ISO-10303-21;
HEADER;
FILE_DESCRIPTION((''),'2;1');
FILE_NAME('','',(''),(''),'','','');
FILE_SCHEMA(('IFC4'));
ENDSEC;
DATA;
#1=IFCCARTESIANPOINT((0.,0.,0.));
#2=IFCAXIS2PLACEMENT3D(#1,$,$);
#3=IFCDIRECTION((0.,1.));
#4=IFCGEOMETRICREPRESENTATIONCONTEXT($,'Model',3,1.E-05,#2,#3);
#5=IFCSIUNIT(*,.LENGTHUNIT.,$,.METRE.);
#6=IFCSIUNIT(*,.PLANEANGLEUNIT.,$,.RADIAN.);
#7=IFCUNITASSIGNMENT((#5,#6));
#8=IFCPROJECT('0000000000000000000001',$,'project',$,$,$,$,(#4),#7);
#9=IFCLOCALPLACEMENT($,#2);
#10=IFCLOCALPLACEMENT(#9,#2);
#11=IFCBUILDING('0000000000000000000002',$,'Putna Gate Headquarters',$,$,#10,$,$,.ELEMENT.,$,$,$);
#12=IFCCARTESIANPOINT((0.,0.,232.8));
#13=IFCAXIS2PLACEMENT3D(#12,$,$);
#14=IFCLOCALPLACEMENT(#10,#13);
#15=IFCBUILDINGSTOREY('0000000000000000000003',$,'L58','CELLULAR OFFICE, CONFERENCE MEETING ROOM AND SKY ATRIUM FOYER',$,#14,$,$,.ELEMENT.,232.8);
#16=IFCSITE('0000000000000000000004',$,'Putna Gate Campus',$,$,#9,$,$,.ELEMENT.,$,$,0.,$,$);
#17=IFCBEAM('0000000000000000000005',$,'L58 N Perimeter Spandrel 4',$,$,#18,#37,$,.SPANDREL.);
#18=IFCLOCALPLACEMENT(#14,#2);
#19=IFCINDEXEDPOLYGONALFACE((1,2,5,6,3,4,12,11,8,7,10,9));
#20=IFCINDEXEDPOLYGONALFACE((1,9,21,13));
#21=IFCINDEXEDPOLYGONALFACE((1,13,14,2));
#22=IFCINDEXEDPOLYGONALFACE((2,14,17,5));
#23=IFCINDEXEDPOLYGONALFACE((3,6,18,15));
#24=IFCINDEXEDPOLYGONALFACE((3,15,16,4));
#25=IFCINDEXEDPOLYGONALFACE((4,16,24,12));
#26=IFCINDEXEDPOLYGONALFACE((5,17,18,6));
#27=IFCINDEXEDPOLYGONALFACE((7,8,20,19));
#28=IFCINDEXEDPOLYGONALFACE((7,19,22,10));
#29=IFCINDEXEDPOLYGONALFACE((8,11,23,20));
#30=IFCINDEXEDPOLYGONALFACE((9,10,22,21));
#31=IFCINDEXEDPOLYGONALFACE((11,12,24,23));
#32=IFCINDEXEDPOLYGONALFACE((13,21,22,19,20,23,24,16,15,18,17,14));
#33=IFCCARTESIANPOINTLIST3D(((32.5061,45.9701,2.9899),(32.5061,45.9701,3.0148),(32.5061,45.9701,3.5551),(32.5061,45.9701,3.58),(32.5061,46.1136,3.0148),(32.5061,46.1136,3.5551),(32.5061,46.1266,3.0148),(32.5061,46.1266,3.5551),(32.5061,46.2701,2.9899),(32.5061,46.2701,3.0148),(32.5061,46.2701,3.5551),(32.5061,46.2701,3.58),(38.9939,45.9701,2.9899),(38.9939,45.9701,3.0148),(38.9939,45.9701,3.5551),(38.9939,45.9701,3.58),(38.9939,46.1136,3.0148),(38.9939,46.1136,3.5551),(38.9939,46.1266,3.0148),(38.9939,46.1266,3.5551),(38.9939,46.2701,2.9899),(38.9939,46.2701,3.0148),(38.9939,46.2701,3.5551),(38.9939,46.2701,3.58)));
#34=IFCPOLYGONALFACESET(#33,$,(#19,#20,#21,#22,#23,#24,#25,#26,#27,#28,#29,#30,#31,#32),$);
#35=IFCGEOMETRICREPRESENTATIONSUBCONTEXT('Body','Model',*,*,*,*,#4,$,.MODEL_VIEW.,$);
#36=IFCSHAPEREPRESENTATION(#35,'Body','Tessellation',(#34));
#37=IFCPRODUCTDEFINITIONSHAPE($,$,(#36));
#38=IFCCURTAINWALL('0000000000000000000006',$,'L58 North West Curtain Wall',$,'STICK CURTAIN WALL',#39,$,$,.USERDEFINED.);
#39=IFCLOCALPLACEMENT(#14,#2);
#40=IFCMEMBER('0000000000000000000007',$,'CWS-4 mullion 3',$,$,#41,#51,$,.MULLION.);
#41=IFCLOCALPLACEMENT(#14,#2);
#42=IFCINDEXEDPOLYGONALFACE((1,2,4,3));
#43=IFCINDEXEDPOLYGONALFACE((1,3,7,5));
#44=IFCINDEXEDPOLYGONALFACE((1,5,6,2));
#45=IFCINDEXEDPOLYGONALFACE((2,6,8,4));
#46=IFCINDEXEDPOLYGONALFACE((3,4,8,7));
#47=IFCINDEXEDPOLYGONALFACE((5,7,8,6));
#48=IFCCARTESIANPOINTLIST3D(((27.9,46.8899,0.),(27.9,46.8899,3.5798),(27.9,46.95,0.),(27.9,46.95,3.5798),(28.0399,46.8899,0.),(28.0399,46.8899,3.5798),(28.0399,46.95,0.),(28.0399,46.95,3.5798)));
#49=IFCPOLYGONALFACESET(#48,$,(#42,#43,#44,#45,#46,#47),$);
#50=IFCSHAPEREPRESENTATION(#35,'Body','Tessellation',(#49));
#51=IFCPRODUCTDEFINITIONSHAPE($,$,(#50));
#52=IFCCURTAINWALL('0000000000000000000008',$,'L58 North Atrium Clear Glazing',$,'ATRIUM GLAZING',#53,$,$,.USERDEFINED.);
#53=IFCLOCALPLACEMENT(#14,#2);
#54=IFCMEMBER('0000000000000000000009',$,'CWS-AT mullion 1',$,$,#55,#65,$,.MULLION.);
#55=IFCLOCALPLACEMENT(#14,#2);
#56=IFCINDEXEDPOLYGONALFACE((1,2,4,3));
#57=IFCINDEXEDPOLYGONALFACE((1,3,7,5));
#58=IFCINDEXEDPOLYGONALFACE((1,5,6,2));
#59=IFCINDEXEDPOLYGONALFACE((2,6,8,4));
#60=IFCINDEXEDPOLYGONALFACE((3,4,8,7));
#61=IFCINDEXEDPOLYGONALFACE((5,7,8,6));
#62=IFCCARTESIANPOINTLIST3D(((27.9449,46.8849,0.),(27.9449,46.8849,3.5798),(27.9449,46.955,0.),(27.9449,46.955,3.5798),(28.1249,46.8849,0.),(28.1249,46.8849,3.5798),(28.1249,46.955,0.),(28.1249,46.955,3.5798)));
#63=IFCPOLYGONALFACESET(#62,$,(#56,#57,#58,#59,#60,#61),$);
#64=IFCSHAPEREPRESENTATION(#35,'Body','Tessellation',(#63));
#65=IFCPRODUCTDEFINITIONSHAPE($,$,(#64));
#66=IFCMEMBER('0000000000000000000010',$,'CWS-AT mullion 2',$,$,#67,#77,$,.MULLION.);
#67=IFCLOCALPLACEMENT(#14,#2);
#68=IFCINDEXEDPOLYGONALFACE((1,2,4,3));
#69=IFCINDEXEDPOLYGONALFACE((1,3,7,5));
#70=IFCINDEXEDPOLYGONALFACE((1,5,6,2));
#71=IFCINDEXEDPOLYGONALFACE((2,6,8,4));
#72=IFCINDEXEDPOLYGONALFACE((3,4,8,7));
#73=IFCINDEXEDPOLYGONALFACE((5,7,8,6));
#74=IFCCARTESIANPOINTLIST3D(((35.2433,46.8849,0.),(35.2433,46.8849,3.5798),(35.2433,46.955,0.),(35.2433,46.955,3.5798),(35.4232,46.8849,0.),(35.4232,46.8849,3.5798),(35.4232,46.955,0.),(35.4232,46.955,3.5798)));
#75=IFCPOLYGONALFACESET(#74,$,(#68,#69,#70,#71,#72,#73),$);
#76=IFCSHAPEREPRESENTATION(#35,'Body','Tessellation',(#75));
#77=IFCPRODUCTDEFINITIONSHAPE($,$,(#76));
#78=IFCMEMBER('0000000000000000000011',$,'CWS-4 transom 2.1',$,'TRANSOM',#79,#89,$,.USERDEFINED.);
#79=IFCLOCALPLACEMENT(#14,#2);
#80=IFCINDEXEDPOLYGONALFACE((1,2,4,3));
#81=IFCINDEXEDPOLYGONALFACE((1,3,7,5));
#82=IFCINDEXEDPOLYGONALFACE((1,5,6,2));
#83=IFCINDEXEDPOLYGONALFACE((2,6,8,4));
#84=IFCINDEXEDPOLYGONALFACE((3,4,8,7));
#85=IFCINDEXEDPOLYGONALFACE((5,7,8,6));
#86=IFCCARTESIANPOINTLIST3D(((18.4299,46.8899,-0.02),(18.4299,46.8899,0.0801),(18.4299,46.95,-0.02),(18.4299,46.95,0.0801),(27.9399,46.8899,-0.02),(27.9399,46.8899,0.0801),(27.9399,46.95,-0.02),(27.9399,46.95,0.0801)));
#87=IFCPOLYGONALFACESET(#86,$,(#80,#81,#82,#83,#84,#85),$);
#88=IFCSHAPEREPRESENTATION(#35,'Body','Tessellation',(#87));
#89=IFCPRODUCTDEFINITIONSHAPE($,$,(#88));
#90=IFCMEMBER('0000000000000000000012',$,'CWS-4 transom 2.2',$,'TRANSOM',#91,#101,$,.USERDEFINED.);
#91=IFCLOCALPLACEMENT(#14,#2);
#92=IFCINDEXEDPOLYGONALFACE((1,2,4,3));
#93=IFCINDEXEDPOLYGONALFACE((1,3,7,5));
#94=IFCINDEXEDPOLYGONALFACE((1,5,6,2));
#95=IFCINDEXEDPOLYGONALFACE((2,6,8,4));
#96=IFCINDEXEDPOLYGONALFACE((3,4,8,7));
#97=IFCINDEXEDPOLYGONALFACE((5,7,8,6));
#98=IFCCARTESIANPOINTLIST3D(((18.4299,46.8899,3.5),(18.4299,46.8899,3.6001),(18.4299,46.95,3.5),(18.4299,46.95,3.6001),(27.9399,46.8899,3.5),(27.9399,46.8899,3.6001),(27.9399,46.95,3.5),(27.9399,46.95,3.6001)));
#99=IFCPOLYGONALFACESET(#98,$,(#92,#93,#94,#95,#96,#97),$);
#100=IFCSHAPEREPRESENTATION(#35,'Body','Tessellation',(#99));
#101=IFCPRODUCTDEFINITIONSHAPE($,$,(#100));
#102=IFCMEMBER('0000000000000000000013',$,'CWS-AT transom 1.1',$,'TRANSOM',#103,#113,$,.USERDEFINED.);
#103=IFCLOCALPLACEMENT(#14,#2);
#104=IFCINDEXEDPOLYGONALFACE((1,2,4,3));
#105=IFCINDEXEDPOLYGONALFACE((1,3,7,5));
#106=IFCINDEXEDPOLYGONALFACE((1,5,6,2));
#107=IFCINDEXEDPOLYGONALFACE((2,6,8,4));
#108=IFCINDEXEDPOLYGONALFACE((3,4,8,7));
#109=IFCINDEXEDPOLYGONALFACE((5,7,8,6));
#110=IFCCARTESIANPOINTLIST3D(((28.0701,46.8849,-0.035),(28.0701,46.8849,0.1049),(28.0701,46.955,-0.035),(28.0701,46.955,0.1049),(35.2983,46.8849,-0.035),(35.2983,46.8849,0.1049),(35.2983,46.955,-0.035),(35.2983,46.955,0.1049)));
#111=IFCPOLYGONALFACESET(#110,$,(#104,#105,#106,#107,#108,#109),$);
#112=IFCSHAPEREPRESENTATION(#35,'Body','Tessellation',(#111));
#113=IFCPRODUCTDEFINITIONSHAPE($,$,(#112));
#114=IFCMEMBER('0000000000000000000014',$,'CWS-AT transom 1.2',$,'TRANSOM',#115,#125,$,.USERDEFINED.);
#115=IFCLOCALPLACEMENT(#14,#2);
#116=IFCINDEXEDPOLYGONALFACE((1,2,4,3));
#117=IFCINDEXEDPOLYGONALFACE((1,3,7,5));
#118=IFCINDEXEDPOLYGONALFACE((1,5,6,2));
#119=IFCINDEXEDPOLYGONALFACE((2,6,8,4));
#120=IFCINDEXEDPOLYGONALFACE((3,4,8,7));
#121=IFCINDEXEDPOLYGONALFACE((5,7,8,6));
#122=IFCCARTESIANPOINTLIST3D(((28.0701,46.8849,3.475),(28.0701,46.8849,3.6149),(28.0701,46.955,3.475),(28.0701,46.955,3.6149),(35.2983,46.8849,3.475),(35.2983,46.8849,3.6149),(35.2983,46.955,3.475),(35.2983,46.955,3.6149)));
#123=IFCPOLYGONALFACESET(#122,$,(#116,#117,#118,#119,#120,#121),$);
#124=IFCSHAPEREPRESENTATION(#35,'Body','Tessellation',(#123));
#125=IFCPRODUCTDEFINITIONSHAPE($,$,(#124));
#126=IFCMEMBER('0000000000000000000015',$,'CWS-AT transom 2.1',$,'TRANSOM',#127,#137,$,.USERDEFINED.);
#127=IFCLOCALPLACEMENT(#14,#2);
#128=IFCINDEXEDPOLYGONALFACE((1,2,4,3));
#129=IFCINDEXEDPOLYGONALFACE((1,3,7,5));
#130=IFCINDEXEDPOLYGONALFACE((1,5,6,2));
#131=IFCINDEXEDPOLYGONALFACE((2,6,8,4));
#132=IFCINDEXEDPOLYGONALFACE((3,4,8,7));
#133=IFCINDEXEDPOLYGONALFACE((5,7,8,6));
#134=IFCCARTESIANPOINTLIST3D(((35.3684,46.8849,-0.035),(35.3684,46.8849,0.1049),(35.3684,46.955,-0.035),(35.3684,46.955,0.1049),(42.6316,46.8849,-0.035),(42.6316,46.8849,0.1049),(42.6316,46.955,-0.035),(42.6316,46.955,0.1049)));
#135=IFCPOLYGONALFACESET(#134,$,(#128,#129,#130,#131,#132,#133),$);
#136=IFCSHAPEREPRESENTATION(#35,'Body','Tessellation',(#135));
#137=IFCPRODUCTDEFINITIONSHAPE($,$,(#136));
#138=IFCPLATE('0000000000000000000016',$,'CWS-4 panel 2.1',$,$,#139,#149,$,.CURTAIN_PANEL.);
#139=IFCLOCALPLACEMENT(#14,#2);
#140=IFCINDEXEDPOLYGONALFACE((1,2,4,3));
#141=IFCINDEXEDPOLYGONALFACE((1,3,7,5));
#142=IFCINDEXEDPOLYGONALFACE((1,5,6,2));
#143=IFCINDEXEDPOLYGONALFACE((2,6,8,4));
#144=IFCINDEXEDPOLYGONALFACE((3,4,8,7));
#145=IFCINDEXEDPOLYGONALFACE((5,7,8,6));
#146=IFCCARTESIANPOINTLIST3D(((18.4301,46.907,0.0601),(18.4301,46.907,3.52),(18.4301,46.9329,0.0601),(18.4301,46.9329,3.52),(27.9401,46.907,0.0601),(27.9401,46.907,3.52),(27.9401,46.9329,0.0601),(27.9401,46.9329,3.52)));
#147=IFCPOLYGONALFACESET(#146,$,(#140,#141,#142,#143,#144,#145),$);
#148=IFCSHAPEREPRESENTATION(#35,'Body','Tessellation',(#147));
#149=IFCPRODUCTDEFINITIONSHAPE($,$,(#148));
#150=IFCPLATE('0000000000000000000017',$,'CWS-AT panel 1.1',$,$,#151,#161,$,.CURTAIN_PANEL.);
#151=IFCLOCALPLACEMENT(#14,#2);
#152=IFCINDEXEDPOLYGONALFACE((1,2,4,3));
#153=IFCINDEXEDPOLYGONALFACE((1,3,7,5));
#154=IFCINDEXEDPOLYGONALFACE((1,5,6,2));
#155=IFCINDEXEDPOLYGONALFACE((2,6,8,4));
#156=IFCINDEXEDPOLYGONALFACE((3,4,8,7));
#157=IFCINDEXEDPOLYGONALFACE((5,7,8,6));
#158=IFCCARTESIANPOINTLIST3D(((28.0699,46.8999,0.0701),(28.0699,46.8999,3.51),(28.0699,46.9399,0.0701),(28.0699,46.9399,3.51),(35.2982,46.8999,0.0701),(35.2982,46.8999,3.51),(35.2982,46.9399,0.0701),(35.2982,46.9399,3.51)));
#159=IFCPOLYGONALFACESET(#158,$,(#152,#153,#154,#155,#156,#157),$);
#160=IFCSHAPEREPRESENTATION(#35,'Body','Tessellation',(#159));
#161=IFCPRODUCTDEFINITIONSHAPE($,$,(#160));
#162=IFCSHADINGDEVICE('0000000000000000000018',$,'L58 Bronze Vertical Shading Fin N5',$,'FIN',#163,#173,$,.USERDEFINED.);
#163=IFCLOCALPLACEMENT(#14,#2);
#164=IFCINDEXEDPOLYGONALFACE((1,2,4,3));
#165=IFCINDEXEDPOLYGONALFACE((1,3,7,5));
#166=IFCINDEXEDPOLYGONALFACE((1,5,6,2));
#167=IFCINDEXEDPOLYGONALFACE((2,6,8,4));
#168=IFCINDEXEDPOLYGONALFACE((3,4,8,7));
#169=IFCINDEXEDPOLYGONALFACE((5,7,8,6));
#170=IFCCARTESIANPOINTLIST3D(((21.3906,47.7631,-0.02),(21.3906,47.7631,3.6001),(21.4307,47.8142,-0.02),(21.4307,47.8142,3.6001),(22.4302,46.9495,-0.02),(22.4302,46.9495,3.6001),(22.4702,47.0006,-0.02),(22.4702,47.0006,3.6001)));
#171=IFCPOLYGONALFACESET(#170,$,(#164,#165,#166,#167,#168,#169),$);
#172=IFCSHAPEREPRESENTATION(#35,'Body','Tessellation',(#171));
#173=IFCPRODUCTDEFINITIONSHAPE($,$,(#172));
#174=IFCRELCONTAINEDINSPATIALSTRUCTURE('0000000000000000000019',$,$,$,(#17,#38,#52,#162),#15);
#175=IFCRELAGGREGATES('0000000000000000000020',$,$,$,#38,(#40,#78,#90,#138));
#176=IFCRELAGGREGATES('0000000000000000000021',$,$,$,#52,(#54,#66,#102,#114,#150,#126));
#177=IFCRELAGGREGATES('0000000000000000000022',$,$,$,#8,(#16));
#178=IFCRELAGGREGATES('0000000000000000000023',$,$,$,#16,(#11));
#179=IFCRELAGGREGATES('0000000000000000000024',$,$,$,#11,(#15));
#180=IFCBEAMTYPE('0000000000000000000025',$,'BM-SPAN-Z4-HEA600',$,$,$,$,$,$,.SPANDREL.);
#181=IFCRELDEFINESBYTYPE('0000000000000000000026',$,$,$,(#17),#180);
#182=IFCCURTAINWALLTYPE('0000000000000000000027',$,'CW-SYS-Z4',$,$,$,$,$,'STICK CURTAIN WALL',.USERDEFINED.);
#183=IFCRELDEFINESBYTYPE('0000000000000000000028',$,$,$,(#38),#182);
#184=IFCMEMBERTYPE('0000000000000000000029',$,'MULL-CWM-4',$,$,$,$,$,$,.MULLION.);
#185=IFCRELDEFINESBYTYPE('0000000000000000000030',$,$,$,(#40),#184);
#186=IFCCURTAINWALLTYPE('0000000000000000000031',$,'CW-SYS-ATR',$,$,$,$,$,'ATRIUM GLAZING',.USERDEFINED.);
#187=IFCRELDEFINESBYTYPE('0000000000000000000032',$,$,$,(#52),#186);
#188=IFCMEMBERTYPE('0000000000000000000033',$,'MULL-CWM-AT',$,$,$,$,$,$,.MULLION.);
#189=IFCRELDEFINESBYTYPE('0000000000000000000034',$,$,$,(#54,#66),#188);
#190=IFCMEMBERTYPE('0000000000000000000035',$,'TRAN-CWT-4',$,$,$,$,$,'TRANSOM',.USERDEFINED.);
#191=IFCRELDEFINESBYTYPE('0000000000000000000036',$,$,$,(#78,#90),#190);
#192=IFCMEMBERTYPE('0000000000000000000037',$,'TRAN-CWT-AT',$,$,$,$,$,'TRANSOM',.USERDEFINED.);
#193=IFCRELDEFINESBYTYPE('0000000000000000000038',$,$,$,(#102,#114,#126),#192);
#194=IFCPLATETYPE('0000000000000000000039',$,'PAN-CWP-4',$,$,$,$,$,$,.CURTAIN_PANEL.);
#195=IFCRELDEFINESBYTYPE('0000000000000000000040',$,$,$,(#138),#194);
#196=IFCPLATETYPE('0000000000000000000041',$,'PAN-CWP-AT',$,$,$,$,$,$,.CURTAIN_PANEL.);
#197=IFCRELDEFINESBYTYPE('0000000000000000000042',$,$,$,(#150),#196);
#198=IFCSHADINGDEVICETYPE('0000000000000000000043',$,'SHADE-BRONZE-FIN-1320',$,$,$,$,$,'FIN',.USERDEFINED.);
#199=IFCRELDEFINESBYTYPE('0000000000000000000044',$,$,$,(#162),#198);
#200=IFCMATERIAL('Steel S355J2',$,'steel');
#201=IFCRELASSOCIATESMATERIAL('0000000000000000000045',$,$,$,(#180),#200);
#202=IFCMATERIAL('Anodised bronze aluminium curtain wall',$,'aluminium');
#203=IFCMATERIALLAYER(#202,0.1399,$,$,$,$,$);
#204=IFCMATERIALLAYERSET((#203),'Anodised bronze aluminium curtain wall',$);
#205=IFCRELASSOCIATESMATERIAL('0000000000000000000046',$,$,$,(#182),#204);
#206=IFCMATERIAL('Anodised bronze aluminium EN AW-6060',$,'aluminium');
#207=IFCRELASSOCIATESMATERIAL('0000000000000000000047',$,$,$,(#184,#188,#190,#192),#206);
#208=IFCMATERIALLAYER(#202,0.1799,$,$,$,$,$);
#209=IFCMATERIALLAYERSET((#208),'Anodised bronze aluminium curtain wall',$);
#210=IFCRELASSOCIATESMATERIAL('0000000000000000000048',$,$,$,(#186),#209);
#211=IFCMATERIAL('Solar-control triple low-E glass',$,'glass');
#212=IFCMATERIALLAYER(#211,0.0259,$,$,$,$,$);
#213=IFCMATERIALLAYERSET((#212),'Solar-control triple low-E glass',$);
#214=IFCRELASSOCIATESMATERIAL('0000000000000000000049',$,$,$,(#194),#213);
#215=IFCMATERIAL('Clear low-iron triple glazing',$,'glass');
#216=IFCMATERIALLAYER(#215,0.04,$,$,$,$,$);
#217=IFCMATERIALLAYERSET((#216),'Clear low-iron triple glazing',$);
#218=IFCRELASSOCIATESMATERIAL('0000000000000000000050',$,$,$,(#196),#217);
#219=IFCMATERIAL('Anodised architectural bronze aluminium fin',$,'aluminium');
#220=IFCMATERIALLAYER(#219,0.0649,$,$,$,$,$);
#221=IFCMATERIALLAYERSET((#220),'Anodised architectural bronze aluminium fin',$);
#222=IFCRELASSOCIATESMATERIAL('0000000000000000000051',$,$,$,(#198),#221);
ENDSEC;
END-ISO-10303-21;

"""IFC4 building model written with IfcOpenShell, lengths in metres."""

from ifc_helpers import new_model, si_unit, direction, frame, origin, origin_2d, place, context, subcontext, project, spatial, rectangle, i_section, extrude, material, layer, layer_set, material_profile, profile_set, type_object, element, aggregate, save


model = new_model("IFC4")

# Units and contexts
model_context = context("Model", 3, precision=1e-05, world=origin(), true_north=direction((0.0, 1.0)))
body_context = subcontext(model_context, "Body", "Model", "MODEL_VIEW")
ifc_project = project(units=[si_unit("LENGTHUNIT", "METRE"), si_unit("PLANEANGLEUNIT", "RADIAN")], contexts=[model_context])

# Site, building, storey
site_placement = place(None, origin())
site = spatial("IfcSite", under=ifc_project, at=site_placement, Name="Putna Gate Campus", CompositionType="ELEMENT", RefElevation=0.0)
building_placement = place(site_placement, origin())
building = spatial("IfcBuilding", under=site, at=building_placement, Name="Putna Gate Headquarters", CompositionType="ELEMENT")
storey_placement = place(building_placement, frame((0.0, 0.0, 232.8)))
storey = spatial("IfcBuildingStorey", under=building, at=storey_placement, Name="L58", Description="CELLULAR OFFICE, CONFERENCE MEETING ROOM AND SKY ATRIUM FOYER", CompositionType="ELEMENT", Elevation=232.8)

# Beam
ifc_material_1 = material(Name="Steel S355J2", Category="steel")
ifc_material_profile_1 = material_profile(ifc_material_1, i_section(OverallWidth=0.3, OverallDepth=0.5901, WebThickness=0.0129, FlangeThickness=0.0249, at=origin_2d()), Name="Steel S355J2")
ifc_profile_set_1 = profile_set([ifc_material_profile_1], Name="Steel S355J2")
beam_type_1 = type_object("IfcBeamType", Name="BM-SPAN-Z4-HEA600", PredefinedType="SPANDREL", material=ifc_profile_set_1)
for number, where, z_axis, x_axis, name in (
    (1, (32.5061, 46.1201, 3.2849), (1.0, 0.0, 0.0), (0.0, 1.0, 0.0), "L58 N Perimeter Spandrel 4"),
):
    element("IfcBeam", number, at=place(storey_placement, frame(where, z_axis=z_axis, x_axis=x_axis)), inside=storey, type_object=beam_type_1, Name=name, PredefinedType="SPANDREL", context=body_context, shape_type="SweptSolid", body=[
        extrude(i_section(OverallWidth=0.3, OverallDepth=0.5901, WebThickness=0.0129, FlangeThickness=0.0249, at=origin_2d()), origin(), (0.0, 0.0, 1.0), 6.4878),
    ])

# Curtain wall, member
ifc_material_2 = material(Name="Anodised bronze aluminium curtain wall", Category="aluminium")
ifc_layer_1 = layer(ifc_material_2, 0.1399)
ifc_layer_set_1 = layer_set([ifc_layer_1], Name="Anodised bronze aluminium curtain wall")
curtain_wall_type_1 = type_object("IfcCurtainWallType", Name="CW-SYS-Z4", ElementType="STICK CURTAIN WALL", PredefinedType="USERDEFINED", material=ifc_layer_set_1)
curtain_wall_1_placement = place(storey_placement, origin())
curtain_wall_1 = element("IfcCurtainWall", 2, at=curtain_wall_1_placement, inside=storey, type_object=curtain_wall_type_1, Name="L58 North West Curtain Wall", ObjectType="STICK CURTAIN WALL", PredefinedType="USERDEFINED")
ifc_material_3 = material(Name="Anodised bronze aluminium EN AW-6060", Category="aluminium")
ifc_material_profile_2 = material_profile(ifc_material_3, rectangle(XDim=0.0601, YDim=0.1399, at=origin_2d()), Name="Anodised bronze aluminium EN AW-6060")
ifc_profile_set_2 = profile_set([ifc_material_profile_2], Name="Anodised bronze aluminium EN AW-6060")
member_type_1 = type_object("IfcMemberType", Name="MULL-CWM-4", PredefinedType="MULLION", material=ifc_profile_set_2)
member_1_placement = place(storey_placement, frame((27.97, 46.9199, 0.0), z_axis=(0.0, 0.0, 1.0), x_axis=(0.0, 1.0, 0.0)))
member_1 = element("IfcMember", 3, at=member_1_placement, type_object=member_type_1, Name="CWS-4 mullion 3", PredefinedType="MULLION", context=body_context, shape_type="SweptSolid", body=[
    extrude(rectangle(XDim=0.0601, YDim=0.1399, at=origin_2d()), origin(), (0.0, 0.0, 1.0), 3.5798),
])

# Curtain wall, members
ifc_layer_2 = layer(ifc_material_2, 0.1799)
ifc_layer_set_2 = layer_set([ifc_layer_2], Name="Anodised bronze aluminium curtain wall")
curtain_wall_type_2 = type_object("IfcCurtainWallType", Name="CW-SYS-ATR", ElementType="ATRIUM GLAZING", PredefinedType="USERDEFINED", material=ifc_layer_set_2)
curtain_wall_2_placement = place(storey_placement, origin())
curtain_wall_2 = element("IfcCurtainWall", 4, at=curtain_wall_2_placement, inside=storey, type_object=curtain_wall_type_2, Name="L58 North Atrium Clear Glazing", ObjectType="ATRIUM GLAZING", PredefinedType="USERDEFINED")
ifc_material_profile_3 = material_profile(ifc_material_3, rectangle(XDim=0.0701, YDim=0.1799, at=origin_2d()), Name="Anodised bronze aluminium EN AW-6060")
ifc_profile_set_3 = profile_set([ifc_material_profile_3], Name="Anodised bronze aluminium EN AW-6060")
member_type_2 = type_object("IfcMemberType", Name="MULL-CWM-AT", PredefinedType="MULLION", material=ifc_profile_set_3)
member_2_placement = place(storey_placement, frame((28.0349, 46.9199, 0.0), z_axis=(0.0, 0.0, 1.0), x_axis=(0.0, 1.0, 0.0)))
member_2 = element("IfcMember", 5, at=member_2_placement, type_object=member_type_2, Name="CWS-AT mullion 1", PredefinedType="MULLION", context=body_context, shape_type="SweptSolid", body=[
    extrude(rectangle(XDim=0.0701, YDim=0.1799, at=origin_2d()), origin(), (0.0, 0.0, 1.0), 3.5798),
])
member_3_placement = place(storey_placement, frame((35.3333, 46.9199, 0.0), z_axis=(0.0, 0.0, 1.0), x_axis=(0.0, 1.0, 0.0)))
member_3 = element("IfcMember", 6, at=member_3_placement, type_object=member_type_2, Name="CWS-AT mullion 2", PredefinedType="MULLION", context=body_context, shape_type="SweptSolid", body=[
    extrude(rectangle(XDim=0.0701, YDim=0.1799, at=origin_2d()), origin(), (0.0, 0.0, 1.0), 3.5798),
])

# Members
ifc_material_profile_4 = material_profile(ifc_material_3, rectangle(XDim=0.0601, YDim=0.1001, at=origin_2d()), Name="Anodised bronze aluminium EN AW-6060")
ifc_profile_set_4 = profile_set([ifc_material_profile_4], Name="Anodised bronze aluminium EN AW-6060")
member_type_3 = type_object("IfcMemberType", Name="TRAN-CWT-4", ElementType="TRANSOM", PredefinedType="USERDEFINED", material=ifc_profile_set_4)
member_4_placement = place(storey_placement, frame((18.4299, 46.9199, 0.03), z_axis=(1.0, 0.0, 0.0), x_axis=(0.0, 1.0, 0.0)))
member_4 = element("IfcMember", 7, at=member_4_placement, type_object=member_type_3, Name="CWS-4 transom 2.1", ObjectType="TRANSOM", PredefinedType="USERDEFINED", context=body_context, shape_type="SweptSolid", body=[
    extrude(rectangle(XDim=0.0601, YDim=0.1001, at=origin_2d()), origin(), (0.0, 0.0, 1.0), 9.51),
])
member_5_placement = place(storey_placement, frame((18.4299, 46.9199, 3.55), z_axis=(1.0, 0.0, 0.0), x_axis=(0.0, 1.0, 0.0)))
member_5 = element("IfcMember", 8, at=member_5_placement, type_object=member_type_3, Name="CWS-4 transom 2.2", ObjectType="TRANSOM", PredefinedType="USERDEFINED", context=body_context, shape_type="SweptSolid", body=[
    extrude(rectangle(XDim=0.0601, YDim=0.1001, at=origin_2d()), origin(), (0.0, 0.0, 1.0), 9.51),
])
ifc_material_profile_5 = material_profile(ifc_material_3, rectangle(XDim=0.0701, YDim=0.1399, at=origin_2d()), Name="Anodised bronze aluminium EN AW-6060")
ifc_profile_set_5 = profile_set([ifc_material_profile_5], Name="Anodised bronze aluminium EN AW-6060")
member_type_4 = type_object("IfcMemberType", Name="TRAN-CWT-AT", ElementType="TRANSOM", PredefinedType="USERDEFINED", material=ifc_profile_set_5)
member_6_placement = place(storey_placement, frame((28.0701, 46.9199, 0.0349), z_axis=(1.0, 0.0, 0.0), x_axis=(0.0, 1.0, 0.0)))
member_6 = element("IfcMember", 9, at=member_6_placement, type_object=member_type_4, Name="CWS-AT transom 1.1", ObjectType="TRANSOM", PredefinedType="USERDEFINED", context=body_context, shape_type="SweptSolid", body=[
    extrude(rectangle(XDim=0.0701, YDim=0.1399, at=origin_2d()), origin(), (0.0, 0.0, 1.0), 7.2283),
])
member_7_placement = place(storey_placement, frame((28.0701, 46.9199, 3.5449), z_axis=(1.0, 0.0, 0.0), x_axis=(0.0, 1.0, 0.0)))
member_7 = element("IfcMember", 10, at=member_7_placement, type_object=member_type_4, Name="CWS-AT transom 1.2", ObjectType="TRANSOM", PredefinedType="USERDEFINED", context=body_context, shape_type="SweptSolid", body=[
    extrude(rectangle(XDim=0.0701, YDim=0.1399, at=origin_2d()), origin(), (0.0, 0.0, 1.0), 7.2283),
])
member_8_placement = place(storey_placement, frame((35.3684, 46.9199, 0.0349), z_axis=(1.0, 0.0, 0.0), x_axis=(0.0, 1.0, 0.0)))
member_8 = element("IfcMember", 11, at=member_8_placement, type_object=member_type_4, Name="CWS-AT transom 2.1", ObjectType="TRANSOM", PredefinedType="USERDEFINED", context=body_context, shape_type="SweptSolid", body=[
    extrude(rectangle(XDim=0.0701, YDim=0.1399, at=origin_2d()), origin(), (0.0, 0.0, 1.0), 7.2632),
])

# Plates
ifc_material_4 = material(Name="Solar-control triple low-E glass", Category="glass")
ifc_layer_3 = layer(ifc_material_4, 0.0259)
ifc_layer_set_3 = layer_set([ifc_layer_3], Name="Solar-control triple low-E glass")
plate_type_1 = type_object("IfcPlateType", Name="PAN-CWP-4", PredefinedType="CURTAIN_PANEL", material=ifc_layer_set_3)
plate_1_placement = place(storey_placement, frame((23.1851, 46.9199, 0.0601), z_axis=(0.0, 0.0, 1.0), x_axis=(1.0, 0.0, 0.0)))
plate_1 = element("IfcPlate", 12, at=plate_1_placement, type_object=plate_type_1, Name="CWS-4 panel 2.1", PredefinedType="CURTAIN_PANEL", context=body_context, shape_type="SweptSolid", body=[
    extrude(rectangle(XDim=9.51, YDim=0.0259, at=origin_2d()), origin(), (0.0, 0.0, 1.0), 3.46),
])
aggregate(curtain_wall_1, [member_1, member_4, member_5, plate_1])
ifc_material_5 = material(Name="Clear low-iron triple glazing", Category="glass")
ifc_layer_4 = layer(ifc_material_5, 0.04)
ifc_layer_set_4 = layer_set([ifc_layer_4], Name="Clear low-iron triple glazing")
plate_type_2 = type_object("IfcPlateType", Name="PAN-CWP-AT", PredefinedType="CURTAIN_PANEL", material=ifc_layer_set_4)
plate_2_placement = place(storey_placement, frame((31.6841, 46.9199, 0.0701), z_axis=(0.0, 0.0, 1.0), x_axis=(1.0, 0.0, 0.0)))
plate_2 = element("IfcPlate", 13, at=plate_2_placement, type_object=plate_type_2, Name="CWS-AT panel 1.1", PredefinedType="CURTAIN_PANEL", context=body_context, shape_type="SweptSolid", body=[
    extrude(rectangle(XDim=7.2283, YDim=0.04, at=origin_2d()), origin(), (0.0, 0.0, 1.0), 3.4399),
])
aggregate(curtain_wall_2, [member_2, member_3, member_6, member_7, plate_2, member_8])

# Shading device
ifc_material_6 = material(Name="Anodised architectural bronze aluminium fin", Category="aluminium")
ifc_layer_5 = layer(ifc_material_6, 0.0649)
ifc_layer_set_5 = layer_set([ifc_layer_5], Name="Anodised architectural bronze aluminium fin")
shading_device_type = type_object("IfcShadingDeviceType", Name="SHADE-BRONZE-FIN-1320", ElementType="FIN", PredefinedType="USERDEFINED", material=ifc_layer_set_5)
for number, where, z_axis, x_axis, name in (
    (14, (21.9304, 47.3818, -0.02), (0.0, 0.0, 1.0), (-0.787473, 0.616349, 0.0), "L58 Bronze Vertical Shading Fin N5"),
):
    element("IfcShadingDevice", number, at=place(storey_placement, frame(where, z_axis=z_axis, x_axis=x_axis)), inside=storey, type_object=shading_device_type, Name=name, ObjectType="FIN", PredefinedType="USERDEFINED", context=body_context, shape_type="SweptSolid", body=[
        extrude(rectangle(XDim=1.3201, YDim=0.0649, at=origin_2d()), origin(), (0.0, 0.0, 1.0), 3.6201),
    ])

save(model, "model.ifc")
